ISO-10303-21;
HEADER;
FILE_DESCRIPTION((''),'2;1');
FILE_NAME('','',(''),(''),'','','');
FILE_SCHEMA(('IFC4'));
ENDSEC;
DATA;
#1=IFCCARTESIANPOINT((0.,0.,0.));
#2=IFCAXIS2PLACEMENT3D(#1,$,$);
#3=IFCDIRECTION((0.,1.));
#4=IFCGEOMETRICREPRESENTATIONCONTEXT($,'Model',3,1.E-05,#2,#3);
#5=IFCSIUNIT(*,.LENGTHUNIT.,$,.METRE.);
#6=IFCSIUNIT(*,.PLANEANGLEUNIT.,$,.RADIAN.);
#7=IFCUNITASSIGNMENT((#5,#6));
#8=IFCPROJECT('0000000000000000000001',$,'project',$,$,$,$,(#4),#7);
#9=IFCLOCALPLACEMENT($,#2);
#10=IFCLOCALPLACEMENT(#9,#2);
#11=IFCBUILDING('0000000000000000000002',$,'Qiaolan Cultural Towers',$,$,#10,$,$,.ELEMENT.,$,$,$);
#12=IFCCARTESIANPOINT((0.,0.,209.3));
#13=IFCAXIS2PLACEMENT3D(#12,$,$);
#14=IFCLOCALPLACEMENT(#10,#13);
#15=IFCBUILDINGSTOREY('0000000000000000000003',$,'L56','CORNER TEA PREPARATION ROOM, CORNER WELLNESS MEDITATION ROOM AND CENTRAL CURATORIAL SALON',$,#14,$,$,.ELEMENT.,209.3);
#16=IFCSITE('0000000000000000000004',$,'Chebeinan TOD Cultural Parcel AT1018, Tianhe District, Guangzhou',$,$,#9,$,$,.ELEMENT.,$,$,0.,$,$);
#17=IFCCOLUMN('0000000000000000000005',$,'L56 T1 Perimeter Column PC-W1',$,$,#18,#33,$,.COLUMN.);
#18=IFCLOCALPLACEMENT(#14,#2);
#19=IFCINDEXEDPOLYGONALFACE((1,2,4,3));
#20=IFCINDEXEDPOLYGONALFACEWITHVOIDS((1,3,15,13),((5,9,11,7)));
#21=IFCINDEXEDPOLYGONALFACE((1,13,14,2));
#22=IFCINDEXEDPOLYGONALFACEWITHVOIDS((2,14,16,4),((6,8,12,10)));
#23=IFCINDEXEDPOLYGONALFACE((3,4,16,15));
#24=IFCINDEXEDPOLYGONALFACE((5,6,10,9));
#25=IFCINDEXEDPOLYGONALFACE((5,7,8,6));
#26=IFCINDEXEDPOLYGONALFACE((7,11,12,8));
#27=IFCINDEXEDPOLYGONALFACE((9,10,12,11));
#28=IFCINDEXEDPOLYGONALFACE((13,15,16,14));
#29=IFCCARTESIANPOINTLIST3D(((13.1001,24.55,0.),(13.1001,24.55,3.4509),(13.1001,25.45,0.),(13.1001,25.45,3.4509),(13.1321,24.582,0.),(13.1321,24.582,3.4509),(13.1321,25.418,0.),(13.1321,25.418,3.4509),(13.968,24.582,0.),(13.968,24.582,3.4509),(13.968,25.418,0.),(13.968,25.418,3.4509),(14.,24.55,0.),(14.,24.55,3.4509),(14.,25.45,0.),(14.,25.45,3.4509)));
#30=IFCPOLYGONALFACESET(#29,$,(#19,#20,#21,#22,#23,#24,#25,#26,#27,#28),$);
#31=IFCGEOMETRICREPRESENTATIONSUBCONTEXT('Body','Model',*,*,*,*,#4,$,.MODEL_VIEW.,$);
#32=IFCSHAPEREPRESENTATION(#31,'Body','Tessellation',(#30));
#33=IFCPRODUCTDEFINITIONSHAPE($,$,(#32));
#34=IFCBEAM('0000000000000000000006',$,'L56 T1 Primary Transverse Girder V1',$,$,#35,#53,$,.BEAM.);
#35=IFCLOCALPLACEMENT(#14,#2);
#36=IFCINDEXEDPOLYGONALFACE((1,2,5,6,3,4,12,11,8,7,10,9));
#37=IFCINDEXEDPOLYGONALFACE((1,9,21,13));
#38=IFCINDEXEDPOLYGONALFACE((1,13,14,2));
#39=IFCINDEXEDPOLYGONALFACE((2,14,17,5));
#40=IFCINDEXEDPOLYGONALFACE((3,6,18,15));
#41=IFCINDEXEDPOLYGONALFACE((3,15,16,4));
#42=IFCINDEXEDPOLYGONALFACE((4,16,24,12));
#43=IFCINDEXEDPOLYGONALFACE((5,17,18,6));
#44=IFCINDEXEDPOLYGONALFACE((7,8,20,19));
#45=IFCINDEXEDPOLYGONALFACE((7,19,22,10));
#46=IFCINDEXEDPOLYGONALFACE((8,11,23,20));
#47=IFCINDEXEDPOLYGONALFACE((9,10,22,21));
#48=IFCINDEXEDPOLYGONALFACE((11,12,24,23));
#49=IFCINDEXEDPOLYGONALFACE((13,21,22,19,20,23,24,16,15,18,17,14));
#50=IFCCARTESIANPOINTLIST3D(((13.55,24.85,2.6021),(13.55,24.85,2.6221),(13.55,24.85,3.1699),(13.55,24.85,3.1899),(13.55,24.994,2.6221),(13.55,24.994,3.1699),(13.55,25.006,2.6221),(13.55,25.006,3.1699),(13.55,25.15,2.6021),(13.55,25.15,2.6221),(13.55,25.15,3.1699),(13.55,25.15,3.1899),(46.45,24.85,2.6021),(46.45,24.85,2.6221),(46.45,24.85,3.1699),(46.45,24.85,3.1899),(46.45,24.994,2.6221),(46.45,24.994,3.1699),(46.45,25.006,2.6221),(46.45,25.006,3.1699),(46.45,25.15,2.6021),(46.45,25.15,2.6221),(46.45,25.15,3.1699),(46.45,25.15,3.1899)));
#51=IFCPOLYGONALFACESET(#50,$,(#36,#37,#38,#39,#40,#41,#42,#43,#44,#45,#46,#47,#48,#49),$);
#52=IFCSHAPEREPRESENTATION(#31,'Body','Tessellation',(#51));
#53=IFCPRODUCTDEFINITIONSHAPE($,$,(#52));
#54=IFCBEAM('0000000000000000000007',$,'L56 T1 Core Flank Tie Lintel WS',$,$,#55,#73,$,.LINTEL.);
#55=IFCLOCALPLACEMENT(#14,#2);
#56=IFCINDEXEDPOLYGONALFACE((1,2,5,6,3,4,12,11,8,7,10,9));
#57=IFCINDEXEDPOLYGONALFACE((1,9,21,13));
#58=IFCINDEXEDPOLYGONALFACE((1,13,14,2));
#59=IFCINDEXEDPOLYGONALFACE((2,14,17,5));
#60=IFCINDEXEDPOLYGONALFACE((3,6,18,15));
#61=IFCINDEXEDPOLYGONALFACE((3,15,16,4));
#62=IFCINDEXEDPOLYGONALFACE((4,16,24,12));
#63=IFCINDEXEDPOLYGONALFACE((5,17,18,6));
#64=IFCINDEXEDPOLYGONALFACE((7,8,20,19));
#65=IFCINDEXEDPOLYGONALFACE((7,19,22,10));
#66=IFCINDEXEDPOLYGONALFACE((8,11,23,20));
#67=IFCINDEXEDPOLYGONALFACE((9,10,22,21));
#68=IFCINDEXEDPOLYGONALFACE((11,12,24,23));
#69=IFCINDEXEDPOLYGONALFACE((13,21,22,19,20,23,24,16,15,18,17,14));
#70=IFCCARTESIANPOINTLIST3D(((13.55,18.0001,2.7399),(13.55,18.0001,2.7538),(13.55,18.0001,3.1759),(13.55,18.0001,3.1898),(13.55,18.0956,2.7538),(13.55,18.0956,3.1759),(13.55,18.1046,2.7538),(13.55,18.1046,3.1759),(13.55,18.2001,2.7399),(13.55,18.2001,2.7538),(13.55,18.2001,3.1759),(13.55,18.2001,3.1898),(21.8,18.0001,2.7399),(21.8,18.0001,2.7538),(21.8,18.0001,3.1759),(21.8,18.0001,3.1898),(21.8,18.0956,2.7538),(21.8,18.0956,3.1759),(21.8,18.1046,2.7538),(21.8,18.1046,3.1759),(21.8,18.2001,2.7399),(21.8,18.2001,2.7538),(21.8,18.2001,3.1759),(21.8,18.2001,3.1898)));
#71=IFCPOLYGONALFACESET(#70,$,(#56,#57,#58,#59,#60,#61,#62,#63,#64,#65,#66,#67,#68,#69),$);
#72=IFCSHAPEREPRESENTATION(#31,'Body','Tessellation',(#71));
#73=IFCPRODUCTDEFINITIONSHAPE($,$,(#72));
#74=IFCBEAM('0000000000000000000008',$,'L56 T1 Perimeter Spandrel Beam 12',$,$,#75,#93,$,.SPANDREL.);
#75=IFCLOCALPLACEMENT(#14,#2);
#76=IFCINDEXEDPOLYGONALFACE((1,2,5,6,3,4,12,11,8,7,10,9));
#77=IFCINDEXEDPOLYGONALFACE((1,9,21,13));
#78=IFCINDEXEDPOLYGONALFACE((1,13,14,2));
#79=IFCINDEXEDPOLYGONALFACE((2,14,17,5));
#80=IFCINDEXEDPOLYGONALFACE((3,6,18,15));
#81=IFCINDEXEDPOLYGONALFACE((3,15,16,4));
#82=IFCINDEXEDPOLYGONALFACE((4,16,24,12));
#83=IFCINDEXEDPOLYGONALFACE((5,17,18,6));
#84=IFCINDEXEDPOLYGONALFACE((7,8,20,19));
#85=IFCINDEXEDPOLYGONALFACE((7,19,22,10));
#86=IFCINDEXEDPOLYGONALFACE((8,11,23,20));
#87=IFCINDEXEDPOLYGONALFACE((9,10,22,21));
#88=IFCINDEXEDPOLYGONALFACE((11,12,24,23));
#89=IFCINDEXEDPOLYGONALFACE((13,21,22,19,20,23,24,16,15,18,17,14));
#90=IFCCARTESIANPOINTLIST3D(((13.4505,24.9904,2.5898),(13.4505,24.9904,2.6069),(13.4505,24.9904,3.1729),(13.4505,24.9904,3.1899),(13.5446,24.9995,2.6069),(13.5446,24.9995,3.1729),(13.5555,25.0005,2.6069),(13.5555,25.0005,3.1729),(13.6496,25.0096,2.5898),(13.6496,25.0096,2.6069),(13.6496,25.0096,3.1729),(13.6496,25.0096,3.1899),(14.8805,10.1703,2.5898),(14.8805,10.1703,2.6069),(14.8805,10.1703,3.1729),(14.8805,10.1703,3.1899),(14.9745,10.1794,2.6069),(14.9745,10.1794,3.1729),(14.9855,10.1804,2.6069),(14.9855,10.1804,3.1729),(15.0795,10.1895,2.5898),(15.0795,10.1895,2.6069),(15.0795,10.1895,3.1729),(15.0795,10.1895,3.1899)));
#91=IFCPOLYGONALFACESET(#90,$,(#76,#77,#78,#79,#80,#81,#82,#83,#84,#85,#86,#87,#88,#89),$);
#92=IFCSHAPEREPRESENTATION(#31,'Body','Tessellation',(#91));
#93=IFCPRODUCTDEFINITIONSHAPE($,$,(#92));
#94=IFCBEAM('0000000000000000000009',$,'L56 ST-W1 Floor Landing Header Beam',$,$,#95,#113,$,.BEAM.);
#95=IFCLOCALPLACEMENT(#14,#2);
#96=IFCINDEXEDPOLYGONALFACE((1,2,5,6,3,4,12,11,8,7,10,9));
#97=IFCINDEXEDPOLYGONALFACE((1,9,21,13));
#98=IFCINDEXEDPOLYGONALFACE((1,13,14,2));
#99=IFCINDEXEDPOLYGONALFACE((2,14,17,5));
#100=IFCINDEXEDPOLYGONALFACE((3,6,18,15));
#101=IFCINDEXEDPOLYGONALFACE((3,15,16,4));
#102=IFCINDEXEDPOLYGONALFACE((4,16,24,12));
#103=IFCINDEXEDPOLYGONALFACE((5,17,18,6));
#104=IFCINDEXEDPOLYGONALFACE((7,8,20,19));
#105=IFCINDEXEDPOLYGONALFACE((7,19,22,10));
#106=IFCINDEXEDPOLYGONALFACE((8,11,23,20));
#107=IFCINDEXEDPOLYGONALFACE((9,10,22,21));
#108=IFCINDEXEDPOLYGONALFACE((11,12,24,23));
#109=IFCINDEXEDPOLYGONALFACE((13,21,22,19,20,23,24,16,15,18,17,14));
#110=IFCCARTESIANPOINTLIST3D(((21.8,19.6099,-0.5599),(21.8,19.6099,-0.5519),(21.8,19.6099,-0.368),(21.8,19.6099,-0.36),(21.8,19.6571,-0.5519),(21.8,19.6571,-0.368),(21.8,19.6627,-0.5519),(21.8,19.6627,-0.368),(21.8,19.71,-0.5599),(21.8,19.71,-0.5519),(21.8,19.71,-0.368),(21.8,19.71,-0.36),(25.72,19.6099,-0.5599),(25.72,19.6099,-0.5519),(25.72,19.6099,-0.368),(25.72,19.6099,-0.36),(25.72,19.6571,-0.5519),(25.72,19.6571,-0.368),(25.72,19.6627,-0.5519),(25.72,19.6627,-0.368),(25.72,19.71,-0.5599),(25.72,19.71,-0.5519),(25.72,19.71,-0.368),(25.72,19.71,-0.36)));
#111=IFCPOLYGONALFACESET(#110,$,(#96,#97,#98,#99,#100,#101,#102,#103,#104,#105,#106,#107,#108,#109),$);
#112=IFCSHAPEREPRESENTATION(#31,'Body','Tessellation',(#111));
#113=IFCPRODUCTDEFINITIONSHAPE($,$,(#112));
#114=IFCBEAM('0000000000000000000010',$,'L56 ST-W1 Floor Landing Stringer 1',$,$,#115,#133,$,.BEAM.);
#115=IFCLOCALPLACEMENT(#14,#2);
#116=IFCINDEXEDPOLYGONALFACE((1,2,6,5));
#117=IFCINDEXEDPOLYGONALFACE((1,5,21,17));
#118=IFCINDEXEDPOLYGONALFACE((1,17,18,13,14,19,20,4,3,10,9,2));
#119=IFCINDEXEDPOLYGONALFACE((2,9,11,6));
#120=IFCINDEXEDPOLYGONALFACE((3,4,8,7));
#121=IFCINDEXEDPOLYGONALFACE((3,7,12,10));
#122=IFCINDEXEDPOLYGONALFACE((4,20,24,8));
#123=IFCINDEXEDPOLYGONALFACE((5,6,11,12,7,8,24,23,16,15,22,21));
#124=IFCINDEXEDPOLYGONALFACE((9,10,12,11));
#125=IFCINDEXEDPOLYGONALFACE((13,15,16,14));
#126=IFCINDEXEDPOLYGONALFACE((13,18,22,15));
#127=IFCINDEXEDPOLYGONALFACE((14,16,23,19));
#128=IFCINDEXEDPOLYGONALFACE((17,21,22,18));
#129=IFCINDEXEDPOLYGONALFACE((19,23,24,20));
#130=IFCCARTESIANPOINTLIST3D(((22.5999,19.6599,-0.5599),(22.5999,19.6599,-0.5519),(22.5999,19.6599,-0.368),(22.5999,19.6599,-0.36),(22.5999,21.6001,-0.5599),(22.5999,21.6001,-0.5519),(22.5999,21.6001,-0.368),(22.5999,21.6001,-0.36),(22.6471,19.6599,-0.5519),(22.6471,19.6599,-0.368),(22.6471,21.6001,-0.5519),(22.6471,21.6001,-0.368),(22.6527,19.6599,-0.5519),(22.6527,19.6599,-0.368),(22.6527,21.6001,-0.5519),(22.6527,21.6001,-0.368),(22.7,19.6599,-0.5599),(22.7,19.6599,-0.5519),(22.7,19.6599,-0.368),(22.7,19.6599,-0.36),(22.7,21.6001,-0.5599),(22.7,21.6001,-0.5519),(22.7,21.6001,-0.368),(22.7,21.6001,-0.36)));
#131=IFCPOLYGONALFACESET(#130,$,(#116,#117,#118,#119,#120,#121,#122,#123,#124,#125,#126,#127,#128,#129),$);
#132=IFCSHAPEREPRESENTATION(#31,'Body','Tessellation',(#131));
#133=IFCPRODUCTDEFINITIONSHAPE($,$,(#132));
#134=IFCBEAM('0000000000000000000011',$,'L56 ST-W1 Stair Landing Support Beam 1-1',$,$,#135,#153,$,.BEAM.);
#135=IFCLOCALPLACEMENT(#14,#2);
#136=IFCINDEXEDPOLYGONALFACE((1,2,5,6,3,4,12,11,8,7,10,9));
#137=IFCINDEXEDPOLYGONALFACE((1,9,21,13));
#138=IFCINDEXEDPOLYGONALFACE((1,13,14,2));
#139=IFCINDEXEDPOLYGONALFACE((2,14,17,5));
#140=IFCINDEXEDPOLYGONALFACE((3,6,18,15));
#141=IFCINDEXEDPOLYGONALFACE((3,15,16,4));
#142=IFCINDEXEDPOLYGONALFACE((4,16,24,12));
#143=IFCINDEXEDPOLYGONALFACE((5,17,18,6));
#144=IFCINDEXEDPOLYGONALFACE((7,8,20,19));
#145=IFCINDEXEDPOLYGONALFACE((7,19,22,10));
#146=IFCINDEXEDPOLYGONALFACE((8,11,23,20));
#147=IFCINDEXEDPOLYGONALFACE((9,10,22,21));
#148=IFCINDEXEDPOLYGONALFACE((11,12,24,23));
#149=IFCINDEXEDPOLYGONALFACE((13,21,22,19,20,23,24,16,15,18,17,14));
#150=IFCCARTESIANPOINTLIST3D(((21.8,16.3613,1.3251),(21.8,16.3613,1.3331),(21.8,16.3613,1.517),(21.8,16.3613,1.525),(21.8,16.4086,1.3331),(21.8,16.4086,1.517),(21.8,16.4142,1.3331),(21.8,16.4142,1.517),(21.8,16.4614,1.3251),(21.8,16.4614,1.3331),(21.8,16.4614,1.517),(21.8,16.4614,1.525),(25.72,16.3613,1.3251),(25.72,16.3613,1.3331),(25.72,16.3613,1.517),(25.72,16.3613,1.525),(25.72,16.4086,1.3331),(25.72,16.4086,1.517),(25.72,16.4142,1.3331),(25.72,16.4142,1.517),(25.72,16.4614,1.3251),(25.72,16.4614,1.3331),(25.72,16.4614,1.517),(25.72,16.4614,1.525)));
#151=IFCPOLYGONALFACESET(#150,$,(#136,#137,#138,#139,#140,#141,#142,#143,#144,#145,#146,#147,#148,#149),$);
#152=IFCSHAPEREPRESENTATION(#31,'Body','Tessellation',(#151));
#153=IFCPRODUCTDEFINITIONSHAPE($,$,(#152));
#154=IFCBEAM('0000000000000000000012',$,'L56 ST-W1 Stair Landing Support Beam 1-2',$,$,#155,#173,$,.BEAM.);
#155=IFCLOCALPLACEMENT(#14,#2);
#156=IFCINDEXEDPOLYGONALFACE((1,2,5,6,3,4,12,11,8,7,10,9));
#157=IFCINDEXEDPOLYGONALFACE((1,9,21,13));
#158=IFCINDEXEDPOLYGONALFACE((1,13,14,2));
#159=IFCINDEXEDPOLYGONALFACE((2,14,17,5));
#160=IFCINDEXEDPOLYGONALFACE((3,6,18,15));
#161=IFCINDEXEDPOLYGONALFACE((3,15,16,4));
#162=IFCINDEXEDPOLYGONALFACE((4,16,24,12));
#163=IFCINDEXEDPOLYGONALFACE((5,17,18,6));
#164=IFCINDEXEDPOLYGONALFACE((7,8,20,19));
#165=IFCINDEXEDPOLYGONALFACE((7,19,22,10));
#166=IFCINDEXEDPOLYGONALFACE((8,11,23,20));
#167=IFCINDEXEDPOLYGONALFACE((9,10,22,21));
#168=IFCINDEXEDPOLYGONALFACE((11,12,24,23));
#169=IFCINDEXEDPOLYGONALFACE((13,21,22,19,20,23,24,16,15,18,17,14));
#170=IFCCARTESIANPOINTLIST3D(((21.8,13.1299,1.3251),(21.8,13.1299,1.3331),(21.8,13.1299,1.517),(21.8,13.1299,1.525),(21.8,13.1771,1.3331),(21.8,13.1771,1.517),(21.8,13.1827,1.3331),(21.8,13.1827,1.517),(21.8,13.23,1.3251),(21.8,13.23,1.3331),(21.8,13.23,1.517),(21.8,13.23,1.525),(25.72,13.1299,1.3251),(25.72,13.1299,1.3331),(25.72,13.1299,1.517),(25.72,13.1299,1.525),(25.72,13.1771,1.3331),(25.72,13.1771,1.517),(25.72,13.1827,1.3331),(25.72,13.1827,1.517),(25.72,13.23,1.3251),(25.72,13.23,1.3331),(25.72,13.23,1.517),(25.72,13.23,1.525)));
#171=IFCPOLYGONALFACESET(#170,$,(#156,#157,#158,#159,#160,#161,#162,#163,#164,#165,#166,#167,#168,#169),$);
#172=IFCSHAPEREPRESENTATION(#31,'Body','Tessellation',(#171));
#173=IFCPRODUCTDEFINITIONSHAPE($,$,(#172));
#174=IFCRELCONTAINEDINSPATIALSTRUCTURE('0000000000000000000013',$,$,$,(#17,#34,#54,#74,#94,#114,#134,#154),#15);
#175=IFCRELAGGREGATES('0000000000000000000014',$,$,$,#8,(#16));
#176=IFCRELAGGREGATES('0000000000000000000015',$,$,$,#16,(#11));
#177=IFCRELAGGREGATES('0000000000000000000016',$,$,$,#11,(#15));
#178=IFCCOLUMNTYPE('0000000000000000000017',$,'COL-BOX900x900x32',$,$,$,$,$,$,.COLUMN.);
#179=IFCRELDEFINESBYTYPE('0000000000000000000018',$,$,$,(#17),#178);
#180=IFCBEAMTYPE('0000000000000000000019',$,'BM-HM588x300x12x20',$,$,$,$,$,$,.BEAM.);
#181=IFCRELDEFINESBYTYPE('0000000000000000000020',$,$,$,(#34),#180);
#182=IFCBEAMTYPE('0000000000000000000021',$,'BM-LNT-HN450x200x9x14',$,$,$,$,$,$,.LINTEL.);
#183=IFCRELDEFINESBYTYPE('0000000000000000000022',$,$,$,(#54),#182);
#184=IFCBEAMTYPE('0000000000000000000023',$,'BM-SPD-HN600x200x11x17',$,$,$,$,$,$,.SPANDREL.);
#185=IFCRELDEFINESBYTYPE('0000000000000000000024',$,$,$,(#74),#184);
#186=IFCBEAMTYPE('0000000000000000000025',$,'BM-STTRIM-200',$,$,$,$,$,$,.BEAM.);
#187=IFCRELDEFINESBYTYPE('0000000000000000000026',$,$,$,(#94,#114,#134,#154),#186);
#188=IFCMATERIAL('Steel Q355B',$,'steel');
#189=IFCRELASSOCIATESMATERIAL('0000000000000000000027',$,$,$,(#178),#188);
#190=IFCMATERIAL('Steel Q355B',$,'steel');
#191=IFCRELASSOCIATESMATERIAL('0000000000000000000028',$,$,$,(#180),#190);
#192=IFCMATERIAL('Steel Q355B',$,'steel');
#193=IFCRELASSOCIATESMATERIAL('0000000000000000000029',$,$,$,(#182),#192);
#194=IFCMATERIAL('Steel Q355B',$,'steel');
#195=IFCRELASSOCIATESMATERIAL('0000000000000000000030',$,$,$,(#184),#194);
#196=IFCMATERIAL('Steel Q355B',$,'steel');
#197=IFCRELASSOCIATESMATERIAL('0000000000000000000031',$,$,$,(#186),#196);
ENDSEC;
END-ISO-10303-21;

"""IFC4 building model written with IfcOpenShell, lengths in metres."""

from ifc_helpers import new_model, si_unit, direction, frame, origin, origin_2d, place, context, subcontext, project, spatial, hollow_rectangle, i_section, extrude, material, material_profile, profile_set, type_object, element, save


model = new_model("IFC4")

# Units and contexts
model_context = context("Model", 3, precision=1e-05, world=origin(), true_north=direction((0.0, 1.0)))
body_context = subcontext(model_context, "Body", "Model", "MODEL_VIEW")
ifc_project = project(units=[si_unit("LENGTHUNIT", "METRE"), si_unit("PLANEANGLEUNIT", "RADIAN")], contexts=[model_context])

# Site, building, storey
site_placement = place(None, origin())
site = spatial("IfcSite", under=ifc_project, at=site_placement, Name="Chebeinan TOD Cultural Parcel AT1018, Tianhe District, Guangzhou", CompositionType="ELEMENT", RefElevation=0.0)
building_placement = place(site_placement, origin())
building = spatial("IfcBuilding", under=site, at=building_placement, Name="Qiaolan Cultural Towers", CompositionType="ELEMENT")
storey_placement = place(building_placement, frame((0.0, 0.0, 209.3)))
storey = spatial("IfcBuildingStorey", under=building, at=storey_placement, Name="L56", Description="CORNER TEA PREPARATION ROOM, CORNER WELLNESS MEDITATION ROOM AND CENTRAL CURATORIAL SALON", CompositionType="ELEMENT", Elevation=209.3)

# Column
ifc_material_1 = material(Name="Steel Q355B", Category="steel")
ifc_material_profile_1 = material_profile(ifc_material_1, hollow_rectangle(XDim=0.8999, YDim=0.8999, WallThickness=0.032, at=origin_2d()), Name="BOX900x900x32")
ifc_profile_set_1 = profile_set([ifc_material_profile_1], Name="Steel Q355B")
column_type = type_object("IfcColumnType", Name="COL-BOX900x900x32", PredefinedType="COLUMN", material=ifc_profile_set_1)
column_placement = place(storey_placement, frame((13.55, 25.0, 0.0), z_axis=(0.0, 0.0, 1.0), x_axis=(1.0, 0.0, 0.0)))
element("IfcColumn", 1, at=column_placement, inside=storey, type_object=column_type, Name="L56 T1 Perimeter Column PC-W1", PredefinedType="COLUMN", context=body_context, shape_type="SweptSolid", body=[
    extrude(hollow_rectangle(XDim=0.8999, YDim=0.8999, WallThickness=0.032, at=origin_2d()), origin(), (0.0, 0.0, 1.0), 3.4509),
])

# Beams
ifc_material_2 = material(Name="Steel Q355B", Category="steel")
ifc_material_profile_2 = material_profile(ifc_material_2, i_section(OverallWidth=0.3, OverallDepth=0.5879, WebThickness=0.012, FlangeThickness=0.02, at=origin_2d()), Name="HM588x300x12x20")
ifc_profile_set_2 = profile_set([ifc_material_profile_2], Name="Steel Q355B")
beam_type_1 = type_object("IfcBeamType", Name="BM-HM588x300x12x20", PredefinedType="BEAM", material=ifc_profile_set_2)
beam_1_placement = place(storey_placement, frame((13.55, 25.0, 2.896), z_axis=(1.0, 0.0, 0.0), x_axis=(0.0, 1.0, 0.0)))
element("IfcBeam", 2, at=beam_1_placement, inside=storey, type_object=beam_type_1, Name="L56 T1 Primary Transverse Girder V1", PredefinedType="BEAM", context=body_context, shape_type="SweptSolid", body=[
    extrude(i_section(OverallWidth=0.3, OverallDepth=0.5879, WebThickness=0.012, FlangeThickness=0.02, at=origin_2d()), origin(), (0.0, 0.0, 1.0), 32.8999),
])
ifc_material_3 = material(Name="Steel Q355B", Category="steel")
ifc_material_profile_3 = material_profile(ifc_material_3, i_section(OverallWidth=0.2, OverallDepth=0.45, WebThickness=0.009, FlangeThickness=0.0139, at=origin_2d()), Name="HN450x200x9x14")
ifc_profile_set_3 = profile_set([ifc_material_profile_3], Name="Steel Q355B")
beam_type_2 = type_object("IfcBeamType", Name="BM-LNT-HN450x200x9x14", PredefinedType="LINTEL", material=ifc_profile_set_3)
beam_2_placement = place(storey_placement, frame((21.8, 18.1001, 2.9648), z_axis=(-1.0, 0.0, 0.0), x_axis=(0.0, -1.0, 0.0)))
element("IfcBeam", 3, at=beam_2_placement, inside=storey, type_object=beam_type_2, Name="L56 T1 Core Flank Tie Lintel WS", PredefinedType="LINTEL", context=body_context, shape_type="SweptSolid", body=[
    extrude(i_section(OverallWidth=0.2, OverallDepth=0.45, WebThickness=0.009, FlangeThickness=0.0139, at=origin_2d()), origin(), (0.0, 0.0, 1.0), 8.25),
])
ifc_material_4 = material(Name="Steel Q355B", Category="steel")
ifc_material_profile_4 = material_profile(ifc_material_4, i_section(OverallWidth=0.2, OverallDepth=0.6001, WebThickness=0.011, FlangeThickness=0.0171, at=origin_2d()), Name="HN600x200x11x17")
ifc_profile_set_4 = profile_set([ifc_material_profile_4], Name="Steel Q355B")
beam_type_3 = type_object("IfcBeamType", Name="BM-SPD-HN600x200x11x17", PredefinedType="SPANDREL", material=ifc_profile_set_4)
beam_3_placement = place(storey_placement, frame((13.55, 25.0, 2.8899), z_axis=(0.09604, -0.995377, 0.0), x_axis=(0.995377, 0.09604, 0.0)))
element("IfcBeam", 4, at=beam_3_placement, inside=storey, type_object=beam_type_3, Name="L56 T1 Perimeter Spandrel Beam 12", PredefinedType="SPANDREL", context=body_context, shape_type="SweptSolid", body=[
    extrude(i_section(OverallWidth=0.2, OverallDepth=0.6001, WebThickness=0.011, FlangeThickness=0.0171, at=origin_2d()), origin(), (0.0, 0.0, 1.0), 14.8889),
])
ifc_material_5 = material(Name="Steel Q355B", Category="steel")
ifc_material_profile_5 = material_profile(ifc_material_5, i_section(OverallWidth=0.1001, OverallDepth=0.2, WebThickness=0.0056, FlangeThickness=0.0081, at=origin_2d()), Name="HN200x100x5.5x8")
ifc_profile_set_5 = profile_set([ifc_material_profile_5], Name="Steel Q355B")
beam_type_4 = type_object("IfcBeamType", Name="BM-STTRIM-200", PredefinedType="BEAM", material=ifc_profile_set_5)
beam_4_placement = place(storey_placement, frame((21.8, 19.6599, -0.46), z_axis=(1.0, 0.0, 0.0), x_axis=(0.0, 1.0, 0.0)))
element("IfcBeam", 5, at=beam_4_placement, inside=storey, type_object=beam_type_4, Name="L56 ST-W1 Floor Landing Header Beam", PredefinedType="BEAM", context=body_context, shape_type="SweptSolid", body=[
    extrude(i_section(OverallWidth=0.1001, OverallDepth=0.2, WebThickness=0.0056, FlangeThickness=0.0081, at=origin_2d()), origin(), (0.0, 0.0, 1.0), 3.9199),
])
beam_5_placement = place(storey_placement, frame((22.6499, 21.6001, -0.46), z_axis=(0.0, -1.0, 0.0), x_axis=(1.0, 0.0, 0.0)))
element("IfcBeam", 6, at=beam_5_placement, inside=storey, type_object=beam_type_4, Name="L56 ST-W1 Floor Landing Stringer 1", PredefinedType="BEAM", context=body_context, shape_type="SweptSolid", body=[
    extrude(i_section(OverallWidth=0.1001, OverallDepth=0.2, WebThickness=0.0056, FlangeThickness=0.0081, at=origin_2d()), origin(), (0.0, 0.0, 1.0), 1.9402),
])
for number, where, z_axis, x_axis, name in (
    (7, (21.8, 16.4114, 1.425), (1.0, 0.0, 0.0), (0.0, 1.0, 0.0), "L56 ST-W1 Stair Landing Support Beam 1-1"),
    (8, (21.8, 13.1799, 1.425), (1.0, 0.0, 0.0), (0.0, 1.0, 0.0), "L56 ST-W1 Stair Landing Support Beam 1-2"),
):
    element("IfcBeam", number, at=place(storey_placement, frame(where, z_axis=z_axis, x_axis=x_axis)), inside=storey, type_object=beam_type_4, Name=name, PredefinedType="BEAM", context=body_context, shape_type="SweptSolid", body=[
        extrude(i_section(OverallWidth=0.1001, OverallDepth=0.2, WebThickness=0.0056, FlangeThickness=0.0081, at=origin_2d()), origin(), (0.0, 0.0, 1.0), 3.9199),
    ])

save(model, "model.ifc")
